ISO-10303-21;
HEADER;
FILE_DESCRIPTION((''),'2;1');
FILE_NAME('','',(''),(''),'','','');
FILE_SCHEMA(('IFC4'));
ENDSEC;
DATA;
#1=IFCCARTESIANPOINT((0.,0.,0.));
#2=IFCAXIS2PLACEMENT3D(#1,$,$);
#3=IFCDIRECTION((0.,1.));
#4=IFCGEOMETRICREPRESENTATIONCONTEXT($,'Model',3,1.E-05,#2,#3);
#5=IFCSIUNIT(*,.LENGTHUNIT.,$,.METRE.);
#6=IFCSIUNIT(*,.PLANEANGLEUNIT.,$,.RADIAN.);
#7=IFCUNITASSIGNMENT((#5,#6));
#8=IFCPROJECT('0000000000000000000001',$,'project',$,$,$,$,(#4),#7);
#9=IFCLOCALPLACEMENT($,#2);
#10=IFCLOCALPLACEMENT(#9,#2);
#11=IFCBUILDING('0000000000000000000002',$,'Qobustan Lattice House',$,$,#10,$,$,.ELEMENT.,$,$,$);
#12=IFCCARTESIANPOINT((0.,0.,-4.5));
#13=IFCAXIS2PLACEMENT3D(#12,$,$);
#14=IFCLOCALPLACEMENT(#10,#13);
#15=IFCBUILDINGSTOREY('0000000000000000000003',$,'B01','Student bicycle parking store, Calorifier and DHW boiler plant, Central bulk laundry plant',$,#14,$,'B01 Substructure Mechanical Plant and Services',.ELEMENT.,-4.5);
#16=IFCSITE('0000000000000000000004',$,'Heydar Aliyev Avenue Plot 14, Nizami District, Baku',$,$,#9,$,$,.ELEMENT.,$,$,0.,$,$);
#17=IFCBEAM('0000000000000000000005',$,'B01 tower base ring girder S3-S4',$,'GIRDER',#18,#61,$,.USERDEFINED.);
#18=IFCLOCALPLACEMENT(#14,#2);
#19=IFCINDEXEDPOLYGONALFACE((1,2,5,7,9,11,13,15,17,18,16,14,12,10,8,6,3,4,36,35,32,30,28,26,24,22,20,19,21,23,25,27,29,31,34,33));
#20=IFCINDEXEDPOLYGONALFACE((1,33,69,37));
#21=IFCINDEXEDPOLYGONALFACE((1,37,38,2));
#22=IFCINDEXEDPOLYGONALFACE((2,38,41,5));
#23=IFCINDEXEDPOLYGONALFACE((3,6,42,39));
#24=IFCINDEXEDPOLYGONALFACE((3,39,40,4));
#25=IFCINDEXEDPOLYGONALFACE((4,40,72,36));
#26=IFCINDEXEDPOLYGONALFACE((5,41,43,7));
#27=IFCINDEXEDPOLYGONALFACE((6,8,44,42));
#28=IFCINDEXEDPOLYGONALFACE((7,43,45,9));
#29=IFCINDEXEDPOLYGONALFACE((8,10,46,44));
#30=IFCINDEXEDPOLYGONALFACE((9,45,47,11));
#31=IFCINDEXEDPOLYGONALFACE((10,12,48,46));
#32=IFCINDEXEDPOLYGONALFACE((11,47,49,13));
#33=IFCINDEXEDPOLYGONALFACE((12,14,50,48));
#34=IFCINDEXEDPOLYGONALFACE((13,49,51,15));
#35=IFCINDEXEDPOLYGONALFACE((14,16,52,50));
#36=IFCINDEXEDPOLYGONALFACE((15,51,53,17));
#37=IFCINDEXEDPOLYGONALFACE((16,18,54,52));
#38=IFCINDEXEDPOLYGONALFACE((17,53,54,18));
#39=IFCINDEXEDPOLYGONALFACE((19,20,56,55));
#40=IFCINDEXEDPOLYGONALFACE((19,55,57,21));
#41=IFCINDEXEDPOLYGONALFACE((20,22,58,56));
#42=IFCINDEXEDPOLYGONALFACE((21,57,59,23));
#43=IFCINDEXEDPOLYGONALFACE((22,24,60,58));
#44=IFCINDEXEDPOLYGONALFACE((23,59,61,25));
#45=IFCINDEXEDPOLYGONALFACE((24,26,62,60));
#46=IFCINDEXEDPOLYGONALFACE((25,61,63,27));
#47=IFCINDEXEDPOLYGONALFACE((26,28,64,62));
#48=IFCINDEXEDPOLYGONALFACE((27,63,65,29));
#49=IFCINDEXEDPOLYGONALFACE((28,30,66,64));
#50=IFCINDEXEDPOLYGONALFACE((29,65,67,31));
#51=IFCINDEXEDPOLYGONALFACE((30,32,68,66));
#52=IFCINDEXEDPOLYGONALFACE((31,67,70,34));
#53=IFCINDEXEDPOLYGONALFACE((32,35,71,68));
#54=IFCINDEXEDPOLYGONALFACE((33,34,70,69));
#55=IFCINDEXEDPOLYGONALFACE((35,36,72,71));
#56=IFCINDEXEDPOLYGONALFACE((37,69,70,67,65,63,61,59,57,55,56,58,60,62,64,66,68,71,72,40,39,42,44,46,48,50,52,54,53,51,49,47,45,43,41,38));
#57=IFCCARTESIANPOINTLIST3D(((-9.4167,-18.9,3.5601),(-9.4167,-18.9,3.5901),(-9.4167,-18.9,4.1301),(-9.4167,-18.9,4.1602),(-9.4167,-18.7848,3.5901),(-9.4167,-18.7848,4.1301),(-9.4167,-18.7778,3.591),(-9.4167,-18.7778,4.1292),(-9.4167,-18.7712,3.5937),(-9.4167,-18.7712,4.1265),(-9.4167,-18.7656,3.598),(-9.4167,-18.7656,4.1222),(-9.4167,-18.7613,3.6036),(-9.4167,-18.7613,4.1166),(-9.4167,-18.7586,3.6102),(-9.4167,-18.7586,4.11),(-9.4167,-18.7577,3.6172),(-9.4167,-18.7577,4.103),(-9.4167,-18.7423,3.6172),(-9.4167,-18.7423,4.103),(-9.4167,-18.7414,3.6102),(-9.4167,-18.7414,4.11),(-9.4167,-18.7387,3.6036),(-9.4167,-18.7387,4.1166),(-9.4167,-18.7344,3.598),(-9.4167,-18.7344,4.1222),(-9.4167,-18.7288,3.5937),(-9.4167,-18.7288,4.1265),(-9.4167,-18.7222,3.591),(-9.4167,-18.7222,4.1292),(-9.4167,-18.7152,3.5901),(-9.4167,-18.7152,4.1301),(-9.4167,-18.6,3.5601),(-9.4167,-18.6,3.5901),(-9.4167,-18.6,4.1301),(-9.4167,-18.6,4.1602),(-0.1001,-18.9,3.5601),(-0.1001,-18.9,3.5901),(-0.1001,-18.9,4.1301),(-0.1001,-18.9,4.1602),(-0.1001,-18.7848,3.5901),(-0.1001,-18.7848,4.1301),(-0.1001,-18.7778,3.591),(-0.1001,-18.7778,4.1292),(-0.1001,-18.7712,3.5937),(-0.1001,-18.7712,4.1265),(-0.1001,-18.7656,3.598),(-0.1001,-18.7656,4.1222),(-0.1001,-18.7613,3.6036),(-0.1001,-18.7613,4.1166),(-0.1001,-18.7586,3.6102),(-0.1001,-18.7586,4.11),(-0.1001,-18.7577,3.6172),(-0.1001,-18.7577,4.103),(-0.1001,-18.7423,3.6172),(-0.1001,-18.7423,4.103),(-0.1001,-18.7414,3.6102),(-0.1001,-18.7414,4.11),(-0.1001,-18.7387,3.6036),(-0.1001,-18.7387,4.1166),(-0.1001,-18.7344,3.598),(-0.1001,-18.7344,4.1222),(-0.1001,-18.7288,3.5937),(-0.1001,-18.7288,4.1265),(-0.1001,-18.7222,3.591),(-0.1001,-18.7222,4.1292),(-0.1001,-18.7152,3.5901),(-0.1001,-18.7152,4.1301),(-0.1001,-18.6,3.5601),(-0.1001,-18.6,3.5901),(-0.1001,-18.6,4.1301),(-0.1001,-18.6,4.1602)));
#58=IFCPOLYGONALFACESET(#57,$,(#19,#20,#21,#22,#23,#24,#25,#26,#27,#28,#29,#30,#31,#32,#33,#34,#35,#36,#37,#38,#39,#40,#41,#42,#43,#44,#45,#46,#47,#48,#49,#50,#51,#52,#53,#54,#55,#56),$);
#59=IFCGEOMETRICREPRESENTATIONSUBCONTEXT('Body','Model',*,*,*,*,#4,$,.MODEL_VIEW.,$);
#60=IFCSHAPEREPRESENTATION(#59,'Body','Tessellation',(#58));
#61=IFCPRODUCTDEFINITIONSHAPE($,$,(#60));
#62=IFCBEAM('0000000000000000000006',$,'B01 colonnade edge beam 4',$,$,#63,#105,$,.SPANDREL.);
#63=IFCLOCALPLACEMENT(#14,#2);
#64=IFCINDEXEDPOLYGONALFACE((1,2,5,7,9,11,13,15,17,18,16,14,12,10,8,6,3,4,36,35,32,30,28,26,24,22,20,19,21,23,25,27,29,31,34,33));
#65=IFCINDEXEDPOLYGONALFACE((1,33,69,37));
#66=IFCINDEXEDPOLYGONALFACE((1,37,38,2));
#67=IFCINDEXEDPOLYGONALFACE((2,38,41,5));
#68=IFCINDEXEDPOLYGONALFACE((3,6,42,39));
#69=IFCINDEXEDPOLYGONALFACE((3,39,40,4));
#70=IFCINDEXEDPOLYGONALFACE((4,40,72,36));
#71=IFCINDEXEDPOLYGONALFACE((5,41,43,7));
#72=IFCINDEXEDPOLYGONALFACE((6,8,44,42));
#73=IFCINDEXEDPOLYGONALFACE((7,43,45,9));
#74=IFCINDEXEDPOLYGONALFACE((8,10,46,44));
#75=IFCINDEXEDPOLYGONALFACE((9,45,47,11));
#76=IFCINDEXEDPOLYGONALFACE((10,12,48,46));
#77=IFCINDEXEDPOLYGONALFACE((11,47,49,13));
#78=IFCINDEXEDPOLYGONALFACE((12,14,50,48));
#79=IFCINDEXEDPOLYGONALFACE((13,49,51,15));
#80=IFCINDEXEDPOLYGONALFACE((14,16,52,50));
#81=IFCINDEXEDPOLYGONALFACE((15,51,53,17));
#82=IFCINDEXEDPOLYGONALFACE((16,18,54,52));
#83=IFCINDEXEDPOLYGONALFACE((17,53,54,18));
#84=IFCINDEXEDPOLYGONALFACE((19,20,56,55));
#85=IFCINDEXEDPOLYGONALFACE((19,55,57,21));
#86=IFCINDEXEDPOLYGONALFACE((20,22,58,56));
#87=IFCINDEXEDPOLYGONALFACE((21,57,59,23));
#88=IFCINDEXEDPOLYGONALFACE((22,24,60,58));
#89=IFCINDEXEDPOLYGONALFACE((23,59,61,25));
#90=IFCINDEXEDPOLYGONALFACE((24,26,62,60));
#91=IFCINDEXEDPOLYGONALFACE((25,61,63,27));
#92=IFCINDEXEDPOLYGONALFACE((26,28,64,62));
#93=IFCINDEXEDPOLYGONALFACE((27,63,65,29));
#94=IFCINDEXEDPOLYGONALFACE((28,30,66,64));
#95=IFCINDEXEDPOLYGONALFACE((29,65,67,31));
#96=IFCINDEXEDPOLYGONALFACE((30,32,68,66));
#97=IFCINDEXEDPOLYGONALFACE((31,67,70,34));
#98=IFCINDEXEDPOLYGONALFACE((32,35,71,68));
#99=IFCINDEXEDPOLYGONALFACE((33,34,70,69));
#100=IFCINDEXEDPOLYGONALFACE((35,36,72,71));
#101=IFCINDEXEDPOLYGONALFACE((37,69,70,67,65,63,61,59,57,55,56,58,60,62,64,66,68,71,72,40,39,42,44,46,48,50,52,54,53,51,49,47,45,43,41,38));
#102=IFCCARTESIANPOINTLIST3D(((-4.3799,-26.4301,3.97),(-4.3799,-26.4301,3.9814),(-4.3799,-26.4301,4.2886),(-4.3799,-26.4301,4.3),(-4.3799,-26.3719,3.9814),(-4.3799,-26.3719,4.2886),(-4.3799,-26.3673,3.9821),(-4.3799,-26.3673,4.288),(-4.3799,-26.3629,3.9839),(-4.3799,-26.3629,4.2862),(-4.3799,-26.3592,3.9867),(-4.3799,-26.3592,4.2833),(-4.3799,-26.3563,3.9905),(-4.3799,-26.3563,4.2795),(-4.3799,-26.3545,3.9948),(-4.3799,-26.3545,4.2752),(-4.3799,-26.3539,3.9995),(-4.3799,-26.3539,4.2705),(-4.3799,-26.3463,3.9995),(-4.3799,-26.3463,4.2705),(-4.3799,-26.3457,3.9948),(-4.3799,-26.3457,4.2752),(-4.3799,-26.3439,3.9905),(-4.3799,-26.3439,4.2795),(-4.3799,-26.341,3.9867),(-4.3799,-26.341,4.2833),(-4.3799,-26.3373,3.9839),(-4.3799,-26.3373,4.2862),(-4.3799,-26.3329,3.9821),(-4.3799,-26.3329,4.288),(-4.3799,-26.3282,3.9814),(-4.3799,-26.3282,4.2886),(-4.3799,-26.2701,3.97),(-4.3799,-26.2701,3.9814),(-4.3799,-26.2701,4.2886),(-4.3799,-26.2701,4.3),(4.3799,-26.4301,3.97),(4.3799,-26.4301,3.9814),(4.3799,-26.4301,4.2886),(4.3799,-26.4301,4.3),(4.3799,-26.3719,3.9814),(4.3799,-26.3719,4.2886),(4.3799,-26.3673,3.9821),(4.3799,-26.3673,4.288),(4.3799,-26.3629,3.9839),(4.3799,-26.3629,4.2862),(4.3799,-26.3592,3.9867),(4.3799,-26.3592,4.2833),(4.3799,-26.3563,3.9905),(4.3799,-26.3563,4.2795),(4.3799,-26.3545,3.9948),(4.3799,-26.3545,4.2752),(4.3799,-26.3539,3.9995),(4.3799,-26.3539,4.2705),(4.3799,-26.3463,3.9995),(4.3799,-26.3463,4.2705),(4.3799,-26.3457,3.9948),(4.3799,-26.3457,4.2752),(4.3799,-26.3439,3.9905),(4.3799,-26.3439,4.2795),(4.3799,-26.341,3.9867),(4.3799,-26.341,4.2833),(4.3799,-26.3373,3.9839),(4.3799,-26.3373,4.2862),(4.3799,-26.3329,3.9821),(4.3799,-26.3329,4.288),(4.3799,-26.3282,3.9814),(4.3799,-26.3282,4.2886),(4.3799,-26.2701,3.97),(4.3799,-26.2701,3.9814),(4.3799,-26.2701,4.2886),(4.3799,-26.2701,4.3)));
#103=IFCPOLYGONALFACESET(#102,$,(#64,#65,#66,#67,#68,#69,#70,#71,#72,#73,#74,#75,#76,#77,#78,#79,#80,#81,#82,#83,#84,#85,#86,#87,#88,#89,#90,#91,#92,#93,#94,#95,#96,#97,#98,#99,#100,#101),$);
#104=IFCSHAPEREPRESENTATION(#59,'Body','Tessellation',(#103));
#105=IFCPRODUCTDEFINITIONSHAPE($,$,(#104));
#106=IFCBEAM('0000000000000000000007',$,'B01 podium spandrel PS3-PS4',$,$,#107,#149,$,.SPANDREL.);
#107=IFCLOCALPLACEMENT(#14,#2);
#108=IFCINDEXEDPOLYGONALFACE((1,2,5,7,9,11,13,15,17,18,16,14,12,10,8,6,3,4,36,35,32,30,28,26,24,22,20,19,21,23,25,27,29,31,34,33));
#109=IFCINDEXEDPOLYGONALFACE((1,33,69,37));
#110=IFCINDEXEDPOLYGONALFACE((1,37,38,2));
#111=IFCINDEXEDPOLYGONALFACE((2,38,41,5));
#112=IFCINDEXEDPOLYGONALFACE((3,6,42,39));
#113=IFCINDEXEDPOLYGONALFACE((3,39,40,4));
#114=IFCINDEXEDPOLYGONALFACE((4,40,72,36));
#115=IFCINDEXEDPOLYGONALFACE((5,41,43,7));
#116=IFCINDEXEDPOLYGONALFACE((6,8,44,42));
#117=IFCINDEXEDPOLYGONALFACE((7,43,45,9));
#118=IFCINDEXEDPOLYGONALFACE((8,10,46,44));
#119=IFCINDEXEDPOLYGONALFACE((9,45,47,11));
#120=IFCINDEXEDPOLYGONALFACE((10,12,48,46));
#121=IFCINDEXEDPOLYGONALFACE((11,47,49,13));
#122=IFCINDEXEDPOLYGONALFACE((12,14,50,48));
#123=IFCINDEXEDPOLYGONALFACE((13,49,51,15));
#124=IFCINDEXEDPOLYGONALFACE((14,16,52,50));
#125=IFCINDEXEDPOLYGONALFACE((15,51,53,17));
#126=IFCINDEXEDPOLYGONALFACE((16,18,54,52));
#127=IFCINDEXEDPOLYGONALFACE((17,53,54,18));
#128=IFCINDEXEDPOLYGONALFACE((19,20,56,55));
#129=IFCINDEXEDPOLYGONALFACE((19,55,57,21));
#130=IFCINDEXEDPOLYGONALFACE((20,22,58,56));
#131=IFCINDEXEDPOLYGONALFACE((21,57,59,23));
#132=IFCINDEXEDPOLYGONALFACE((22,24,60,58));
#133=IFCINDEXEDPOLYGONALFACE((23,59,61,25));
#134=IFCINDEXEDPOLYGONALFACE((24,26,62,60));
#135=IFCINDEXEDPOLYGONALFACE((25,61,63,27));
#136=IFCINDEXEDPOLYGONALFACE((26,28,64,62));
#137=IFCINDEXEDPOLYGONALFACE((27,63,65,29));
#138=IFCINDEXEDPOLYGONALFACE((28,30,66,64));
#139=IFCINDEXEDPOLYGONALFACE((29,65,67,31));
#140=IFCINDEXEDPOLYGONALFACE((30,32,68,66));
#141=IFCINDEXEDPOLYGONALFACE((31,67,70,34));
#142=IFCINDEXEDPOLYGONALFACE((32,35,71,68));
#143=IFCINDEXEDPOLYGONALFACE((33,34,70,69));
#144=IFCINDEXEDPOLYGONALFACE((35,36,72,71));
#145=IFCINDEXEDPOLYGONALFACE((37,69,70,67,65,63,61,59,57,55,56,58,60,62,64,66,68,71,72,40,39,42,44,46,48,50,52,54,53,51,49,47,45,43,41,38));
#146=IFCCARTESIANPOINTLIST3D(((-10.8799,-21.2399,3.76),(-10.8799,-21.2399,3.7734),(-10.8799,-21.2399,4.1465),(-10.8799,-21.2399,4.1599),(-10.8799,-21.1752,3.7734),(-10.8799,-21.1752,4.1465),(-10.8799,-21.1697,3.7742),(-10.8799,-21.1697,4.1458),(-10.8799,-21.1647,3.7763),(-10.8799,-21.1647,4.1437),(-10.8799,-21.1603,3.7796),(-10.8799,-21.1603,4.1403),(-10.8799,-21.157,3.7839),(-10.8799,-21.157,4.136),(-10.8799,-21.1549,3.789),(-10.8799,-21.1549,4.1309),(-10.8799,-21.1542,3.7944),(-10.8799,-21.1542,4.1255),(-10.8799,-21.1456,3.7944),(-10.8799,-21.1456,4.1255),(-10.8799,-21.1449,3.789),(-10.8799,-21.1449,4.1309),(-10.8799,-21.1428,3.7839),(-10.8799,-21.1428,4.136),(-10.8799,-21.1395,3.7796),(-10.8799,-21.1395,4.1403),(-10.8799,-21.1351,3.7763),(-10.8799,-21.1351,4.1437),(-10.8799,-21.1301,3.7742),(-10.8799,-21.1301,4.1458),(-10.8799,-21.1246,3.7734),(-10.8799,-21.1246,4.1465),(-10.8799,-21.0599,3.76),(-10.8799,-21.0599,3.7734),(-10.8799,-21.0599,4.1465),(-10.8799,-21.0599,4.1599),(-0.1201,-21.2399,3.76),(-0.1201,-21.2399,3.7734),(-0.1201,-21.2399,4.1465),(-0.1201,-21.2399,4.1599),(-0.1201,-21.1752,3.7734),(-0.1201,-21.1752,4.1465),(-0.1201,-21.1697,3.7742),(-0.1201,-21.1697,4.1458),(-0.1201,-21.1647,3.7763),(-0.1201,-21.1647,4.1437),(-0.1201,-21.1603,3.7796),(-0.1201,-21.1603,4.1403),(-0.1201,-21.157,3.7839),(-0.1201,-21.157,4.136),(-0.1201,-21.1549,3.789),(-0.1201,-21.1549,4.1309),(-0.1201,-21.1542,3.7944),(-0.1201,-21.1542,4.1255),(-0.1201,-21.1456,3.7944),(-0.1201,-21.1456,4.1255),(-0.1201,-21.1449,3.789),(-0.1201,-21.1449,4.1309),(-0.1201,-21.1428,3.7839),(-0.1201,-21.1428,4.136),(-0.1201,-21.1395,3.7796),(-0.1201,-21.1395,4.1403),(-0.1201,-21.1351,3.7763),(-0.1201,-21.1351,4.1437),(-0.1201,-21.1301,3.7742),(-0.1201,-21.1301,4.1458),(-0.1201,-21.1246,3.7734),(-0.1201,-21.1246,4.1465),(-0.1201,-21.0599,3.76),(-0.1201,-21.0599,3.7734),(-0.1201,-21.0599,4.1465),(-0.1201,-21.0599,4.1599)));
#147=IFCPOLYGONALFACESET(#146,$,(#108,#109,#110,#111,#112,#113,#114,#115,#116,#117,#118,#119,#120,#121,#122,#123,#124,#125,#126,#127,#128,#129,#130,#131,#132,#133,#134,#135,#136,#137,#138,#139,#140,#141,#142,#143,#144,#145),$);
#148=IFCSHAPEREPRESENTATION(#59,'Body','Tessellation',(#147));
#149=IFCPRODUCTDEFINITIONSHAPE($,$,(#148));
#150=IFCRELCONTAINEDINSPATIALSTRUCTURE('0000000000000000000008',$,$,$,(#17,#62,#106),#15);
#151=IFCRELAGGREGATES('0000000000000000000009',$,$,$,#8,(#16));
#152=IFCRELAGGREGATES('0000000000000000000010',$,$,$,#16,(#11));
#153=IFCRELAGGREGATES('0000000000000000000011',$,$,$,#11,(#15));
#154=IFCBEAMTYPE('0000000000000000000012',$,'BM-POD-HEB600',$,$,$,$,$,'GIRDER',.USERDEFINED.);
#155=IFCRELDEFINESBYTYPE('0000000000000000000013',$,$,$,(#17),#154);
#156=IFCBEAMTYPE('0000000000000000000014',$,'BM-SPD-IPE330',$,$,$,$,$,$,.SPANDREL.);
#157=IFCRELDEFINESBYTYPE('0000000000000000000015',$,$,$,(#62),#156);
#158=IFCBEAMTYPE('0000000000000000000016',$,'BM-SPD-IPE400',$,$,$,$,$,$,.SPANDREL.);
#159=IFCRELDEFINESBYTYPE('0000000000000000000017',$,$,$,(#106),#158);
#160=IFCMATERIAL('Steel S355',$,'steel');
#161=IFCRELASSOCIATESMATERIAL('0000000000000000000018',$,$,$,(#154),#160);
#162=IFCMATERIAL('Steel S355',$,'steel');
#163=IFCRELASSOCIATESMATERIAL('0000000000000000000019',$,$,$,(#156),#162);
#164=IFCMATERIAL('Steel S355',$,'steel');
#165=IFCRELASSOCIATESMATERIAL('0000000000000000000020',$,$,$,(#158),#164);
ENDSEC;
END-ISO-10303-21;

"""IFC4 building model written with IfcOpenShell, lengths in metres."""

from ifc_helpers import new_model, si_unit, direction, frame, origin, origin_2d, place, context, subcontext, project, spatial, i_section, extrude, material, material_profile, profile_set, type_object, element, save


model = new_model("IFC4")

# Units and contexts
model_context = context("Model", 3, precision=1e-05, world=origin(), true_north=direction((0.0, 1.0)))
body_context = subcontext(model_context, "Body", "Model", "MODEL_VIEW")
ifc_project = project(units=[si_unit("LENGTHUNIT", "METRE"), si_unit("PLANEANGLEUNIT", "RADIAN")], contexts=[model_context])

# Site, building, storey
site_placement = place(None, origin())
site = spatial("IfcSite", under=ifc_project, at=site_placement, Name="Heydar Aliyev Avenue Plot 14, Nizami District, Baku", CompositionType="ELEMENT", RefElevation=0.0)
building_placement = place(site_placement, origin())
building = spatial("IfcBuilding", under=site, at=building_placement, Name="Qobustan Lattice House", CompositionType="ELEMENT")
storey_placement = place(building_placement, frame((0.0, 0.0, -4.5)))
storey = spatial("IfcBuildingStorey", under=building, at=storey_placement, Name="B01", Description="Student bicycle parking store, Calorifier and DHW boiler plant, Central bulk laundry plant", LongName="B01 Substructure Mechanical Plant and Services", CompositionType="ELEMENT", Elevation=-4.5)

# Beams
ifc_material_1 = material(Name="Steel S355", Category="steel")
ifc_material_profile_1 = material_profile(ifc_material_1, i_section(OverallWidth=0.3, OverallDepth=0.6001, WebThickness=0.0154, FlangeThickness=0.03, FilletRadius=0.0271, at=origin_2d()), Name="HEB600")
ifc_profile_set_1 = profile_set([ifc_material_profile_1], Name="Steel S355")
beam_type_1 = type_object("IfcBeamType", Name="BM-POD-HEB600", ElementType="GIRDER", PredefinedType="USERDEFINED", material=ifc_profile_set_1)
beam_1_placement = place(storey_placement, frame((-9.4167, -18.75, 3.8601), z_axis=(1.0, 0.0, 0.0), x_axis=(0.0, 1.0, 0.0)))
element("IfcBeam", 1, at=beam_1_placement, inside=storey, type_object=beam_type_1, Name="B01 tower base ring girder S3-S4", ObjectType="GIRDER", PredefinedType="USERDEFINED", context=body_context, shape_type="SweptSolid", body=[
    extrude(i_section(OverallWidth=0.3, OverallDepth=0.6001, WebThickness=0.0154, FlangeThickness=0.03, FilletRadius=0.0271, at=origin_2d()), origin(), (0.0, 0.0, 1.0), 9.3167),
])
ifc_material_2 = material(Name="Steel S355", Category="steel")
ifc_material_profile_2 = material_profile(ifc_material_2, i_section(OverallWidth=0.1599, OverallDepth=0.3301, WebThickness=0.0076, FlangeThickness=0.0115, FilletRadius=0.0181, at=origin_2d()), Name="IPE330")
ifc_profile_set_2 = profile_set([ifc_material_profile_2], Name="Steel S355")
beam_type_2 = type_object("IfcBeamType", Name="BM-SPD-IPE330", PredefinedType="SPANDREL", material=ifc_profile_set_2)
beam_2_placement = place(storey_placement, frame((-4.3799, -26.3501, 4.135), z_axis=(1.0, 0.0, 0.0), x_axis=(0.0, 1.0, 0.0)))
element("IfcBeam", 2, at=beam_2_placement, inside=storey, type_object=beam_type_2, Name="B01 colonnade edge beam 4", PredefinedType="SPANDREL", context=body_context, shape_type="SweptSolid", body=[
    extrude(i_section(OverallWidth=0.1599, OverallDepth=0.3301, WebThickness=0.0076, FlangeThickness=0.0115, FilletRadius=0.0181, at=origin_2d()), origin(), (0.0, 0.0, 1.0), 8.7598),
])
ifc_material_3 = material(Name="Steel S355", Category="steel")
ifc_material_profile_3 = material_profile(ifc_material_3, i_section(OverallWidth=0.1799, OverallDepth=0.3999, WebThickness=0.0085, FlangeThickness=0.0134, FilletRadius=0.021, at=origin_2d()), Name="IPE400")
ifc_profile_set_3 = profile_set([ifc_material_profile_3], Name="Steel S355")
beam_type_3 = type_object("IfcBeamType", Name="BM-SPD-IPE400", PredefinedType="SPANDREL", material=ifc_profile_set_3)
beam_3_placement = place(storey_placement, frame((-10.8799, -21.1499, 3.96), z_axis=(1.0, 0.0, 0.0), x_axis=(0.0, 1.0, 0.0)))
element("IfcBeam", 3, at=beam_3_placement, inside=storey, type_object=beam_type_3, Name="B01 podium spandrel PS3-PS4", PredefinedType="SPANDREL", context=body_context, shape_type="SweptSolid", body=[
    extrude(i_section(OverallWidth=0.1799, OverallDepth=0.3999, WebThickness=0.0085, FlangeThickness=0.0134, FilletRadius=0.021, at=origin_2d()), origin(), (0.0, 0.0, 1.0), 10.7598),
])

save(model, "model.ifc")
